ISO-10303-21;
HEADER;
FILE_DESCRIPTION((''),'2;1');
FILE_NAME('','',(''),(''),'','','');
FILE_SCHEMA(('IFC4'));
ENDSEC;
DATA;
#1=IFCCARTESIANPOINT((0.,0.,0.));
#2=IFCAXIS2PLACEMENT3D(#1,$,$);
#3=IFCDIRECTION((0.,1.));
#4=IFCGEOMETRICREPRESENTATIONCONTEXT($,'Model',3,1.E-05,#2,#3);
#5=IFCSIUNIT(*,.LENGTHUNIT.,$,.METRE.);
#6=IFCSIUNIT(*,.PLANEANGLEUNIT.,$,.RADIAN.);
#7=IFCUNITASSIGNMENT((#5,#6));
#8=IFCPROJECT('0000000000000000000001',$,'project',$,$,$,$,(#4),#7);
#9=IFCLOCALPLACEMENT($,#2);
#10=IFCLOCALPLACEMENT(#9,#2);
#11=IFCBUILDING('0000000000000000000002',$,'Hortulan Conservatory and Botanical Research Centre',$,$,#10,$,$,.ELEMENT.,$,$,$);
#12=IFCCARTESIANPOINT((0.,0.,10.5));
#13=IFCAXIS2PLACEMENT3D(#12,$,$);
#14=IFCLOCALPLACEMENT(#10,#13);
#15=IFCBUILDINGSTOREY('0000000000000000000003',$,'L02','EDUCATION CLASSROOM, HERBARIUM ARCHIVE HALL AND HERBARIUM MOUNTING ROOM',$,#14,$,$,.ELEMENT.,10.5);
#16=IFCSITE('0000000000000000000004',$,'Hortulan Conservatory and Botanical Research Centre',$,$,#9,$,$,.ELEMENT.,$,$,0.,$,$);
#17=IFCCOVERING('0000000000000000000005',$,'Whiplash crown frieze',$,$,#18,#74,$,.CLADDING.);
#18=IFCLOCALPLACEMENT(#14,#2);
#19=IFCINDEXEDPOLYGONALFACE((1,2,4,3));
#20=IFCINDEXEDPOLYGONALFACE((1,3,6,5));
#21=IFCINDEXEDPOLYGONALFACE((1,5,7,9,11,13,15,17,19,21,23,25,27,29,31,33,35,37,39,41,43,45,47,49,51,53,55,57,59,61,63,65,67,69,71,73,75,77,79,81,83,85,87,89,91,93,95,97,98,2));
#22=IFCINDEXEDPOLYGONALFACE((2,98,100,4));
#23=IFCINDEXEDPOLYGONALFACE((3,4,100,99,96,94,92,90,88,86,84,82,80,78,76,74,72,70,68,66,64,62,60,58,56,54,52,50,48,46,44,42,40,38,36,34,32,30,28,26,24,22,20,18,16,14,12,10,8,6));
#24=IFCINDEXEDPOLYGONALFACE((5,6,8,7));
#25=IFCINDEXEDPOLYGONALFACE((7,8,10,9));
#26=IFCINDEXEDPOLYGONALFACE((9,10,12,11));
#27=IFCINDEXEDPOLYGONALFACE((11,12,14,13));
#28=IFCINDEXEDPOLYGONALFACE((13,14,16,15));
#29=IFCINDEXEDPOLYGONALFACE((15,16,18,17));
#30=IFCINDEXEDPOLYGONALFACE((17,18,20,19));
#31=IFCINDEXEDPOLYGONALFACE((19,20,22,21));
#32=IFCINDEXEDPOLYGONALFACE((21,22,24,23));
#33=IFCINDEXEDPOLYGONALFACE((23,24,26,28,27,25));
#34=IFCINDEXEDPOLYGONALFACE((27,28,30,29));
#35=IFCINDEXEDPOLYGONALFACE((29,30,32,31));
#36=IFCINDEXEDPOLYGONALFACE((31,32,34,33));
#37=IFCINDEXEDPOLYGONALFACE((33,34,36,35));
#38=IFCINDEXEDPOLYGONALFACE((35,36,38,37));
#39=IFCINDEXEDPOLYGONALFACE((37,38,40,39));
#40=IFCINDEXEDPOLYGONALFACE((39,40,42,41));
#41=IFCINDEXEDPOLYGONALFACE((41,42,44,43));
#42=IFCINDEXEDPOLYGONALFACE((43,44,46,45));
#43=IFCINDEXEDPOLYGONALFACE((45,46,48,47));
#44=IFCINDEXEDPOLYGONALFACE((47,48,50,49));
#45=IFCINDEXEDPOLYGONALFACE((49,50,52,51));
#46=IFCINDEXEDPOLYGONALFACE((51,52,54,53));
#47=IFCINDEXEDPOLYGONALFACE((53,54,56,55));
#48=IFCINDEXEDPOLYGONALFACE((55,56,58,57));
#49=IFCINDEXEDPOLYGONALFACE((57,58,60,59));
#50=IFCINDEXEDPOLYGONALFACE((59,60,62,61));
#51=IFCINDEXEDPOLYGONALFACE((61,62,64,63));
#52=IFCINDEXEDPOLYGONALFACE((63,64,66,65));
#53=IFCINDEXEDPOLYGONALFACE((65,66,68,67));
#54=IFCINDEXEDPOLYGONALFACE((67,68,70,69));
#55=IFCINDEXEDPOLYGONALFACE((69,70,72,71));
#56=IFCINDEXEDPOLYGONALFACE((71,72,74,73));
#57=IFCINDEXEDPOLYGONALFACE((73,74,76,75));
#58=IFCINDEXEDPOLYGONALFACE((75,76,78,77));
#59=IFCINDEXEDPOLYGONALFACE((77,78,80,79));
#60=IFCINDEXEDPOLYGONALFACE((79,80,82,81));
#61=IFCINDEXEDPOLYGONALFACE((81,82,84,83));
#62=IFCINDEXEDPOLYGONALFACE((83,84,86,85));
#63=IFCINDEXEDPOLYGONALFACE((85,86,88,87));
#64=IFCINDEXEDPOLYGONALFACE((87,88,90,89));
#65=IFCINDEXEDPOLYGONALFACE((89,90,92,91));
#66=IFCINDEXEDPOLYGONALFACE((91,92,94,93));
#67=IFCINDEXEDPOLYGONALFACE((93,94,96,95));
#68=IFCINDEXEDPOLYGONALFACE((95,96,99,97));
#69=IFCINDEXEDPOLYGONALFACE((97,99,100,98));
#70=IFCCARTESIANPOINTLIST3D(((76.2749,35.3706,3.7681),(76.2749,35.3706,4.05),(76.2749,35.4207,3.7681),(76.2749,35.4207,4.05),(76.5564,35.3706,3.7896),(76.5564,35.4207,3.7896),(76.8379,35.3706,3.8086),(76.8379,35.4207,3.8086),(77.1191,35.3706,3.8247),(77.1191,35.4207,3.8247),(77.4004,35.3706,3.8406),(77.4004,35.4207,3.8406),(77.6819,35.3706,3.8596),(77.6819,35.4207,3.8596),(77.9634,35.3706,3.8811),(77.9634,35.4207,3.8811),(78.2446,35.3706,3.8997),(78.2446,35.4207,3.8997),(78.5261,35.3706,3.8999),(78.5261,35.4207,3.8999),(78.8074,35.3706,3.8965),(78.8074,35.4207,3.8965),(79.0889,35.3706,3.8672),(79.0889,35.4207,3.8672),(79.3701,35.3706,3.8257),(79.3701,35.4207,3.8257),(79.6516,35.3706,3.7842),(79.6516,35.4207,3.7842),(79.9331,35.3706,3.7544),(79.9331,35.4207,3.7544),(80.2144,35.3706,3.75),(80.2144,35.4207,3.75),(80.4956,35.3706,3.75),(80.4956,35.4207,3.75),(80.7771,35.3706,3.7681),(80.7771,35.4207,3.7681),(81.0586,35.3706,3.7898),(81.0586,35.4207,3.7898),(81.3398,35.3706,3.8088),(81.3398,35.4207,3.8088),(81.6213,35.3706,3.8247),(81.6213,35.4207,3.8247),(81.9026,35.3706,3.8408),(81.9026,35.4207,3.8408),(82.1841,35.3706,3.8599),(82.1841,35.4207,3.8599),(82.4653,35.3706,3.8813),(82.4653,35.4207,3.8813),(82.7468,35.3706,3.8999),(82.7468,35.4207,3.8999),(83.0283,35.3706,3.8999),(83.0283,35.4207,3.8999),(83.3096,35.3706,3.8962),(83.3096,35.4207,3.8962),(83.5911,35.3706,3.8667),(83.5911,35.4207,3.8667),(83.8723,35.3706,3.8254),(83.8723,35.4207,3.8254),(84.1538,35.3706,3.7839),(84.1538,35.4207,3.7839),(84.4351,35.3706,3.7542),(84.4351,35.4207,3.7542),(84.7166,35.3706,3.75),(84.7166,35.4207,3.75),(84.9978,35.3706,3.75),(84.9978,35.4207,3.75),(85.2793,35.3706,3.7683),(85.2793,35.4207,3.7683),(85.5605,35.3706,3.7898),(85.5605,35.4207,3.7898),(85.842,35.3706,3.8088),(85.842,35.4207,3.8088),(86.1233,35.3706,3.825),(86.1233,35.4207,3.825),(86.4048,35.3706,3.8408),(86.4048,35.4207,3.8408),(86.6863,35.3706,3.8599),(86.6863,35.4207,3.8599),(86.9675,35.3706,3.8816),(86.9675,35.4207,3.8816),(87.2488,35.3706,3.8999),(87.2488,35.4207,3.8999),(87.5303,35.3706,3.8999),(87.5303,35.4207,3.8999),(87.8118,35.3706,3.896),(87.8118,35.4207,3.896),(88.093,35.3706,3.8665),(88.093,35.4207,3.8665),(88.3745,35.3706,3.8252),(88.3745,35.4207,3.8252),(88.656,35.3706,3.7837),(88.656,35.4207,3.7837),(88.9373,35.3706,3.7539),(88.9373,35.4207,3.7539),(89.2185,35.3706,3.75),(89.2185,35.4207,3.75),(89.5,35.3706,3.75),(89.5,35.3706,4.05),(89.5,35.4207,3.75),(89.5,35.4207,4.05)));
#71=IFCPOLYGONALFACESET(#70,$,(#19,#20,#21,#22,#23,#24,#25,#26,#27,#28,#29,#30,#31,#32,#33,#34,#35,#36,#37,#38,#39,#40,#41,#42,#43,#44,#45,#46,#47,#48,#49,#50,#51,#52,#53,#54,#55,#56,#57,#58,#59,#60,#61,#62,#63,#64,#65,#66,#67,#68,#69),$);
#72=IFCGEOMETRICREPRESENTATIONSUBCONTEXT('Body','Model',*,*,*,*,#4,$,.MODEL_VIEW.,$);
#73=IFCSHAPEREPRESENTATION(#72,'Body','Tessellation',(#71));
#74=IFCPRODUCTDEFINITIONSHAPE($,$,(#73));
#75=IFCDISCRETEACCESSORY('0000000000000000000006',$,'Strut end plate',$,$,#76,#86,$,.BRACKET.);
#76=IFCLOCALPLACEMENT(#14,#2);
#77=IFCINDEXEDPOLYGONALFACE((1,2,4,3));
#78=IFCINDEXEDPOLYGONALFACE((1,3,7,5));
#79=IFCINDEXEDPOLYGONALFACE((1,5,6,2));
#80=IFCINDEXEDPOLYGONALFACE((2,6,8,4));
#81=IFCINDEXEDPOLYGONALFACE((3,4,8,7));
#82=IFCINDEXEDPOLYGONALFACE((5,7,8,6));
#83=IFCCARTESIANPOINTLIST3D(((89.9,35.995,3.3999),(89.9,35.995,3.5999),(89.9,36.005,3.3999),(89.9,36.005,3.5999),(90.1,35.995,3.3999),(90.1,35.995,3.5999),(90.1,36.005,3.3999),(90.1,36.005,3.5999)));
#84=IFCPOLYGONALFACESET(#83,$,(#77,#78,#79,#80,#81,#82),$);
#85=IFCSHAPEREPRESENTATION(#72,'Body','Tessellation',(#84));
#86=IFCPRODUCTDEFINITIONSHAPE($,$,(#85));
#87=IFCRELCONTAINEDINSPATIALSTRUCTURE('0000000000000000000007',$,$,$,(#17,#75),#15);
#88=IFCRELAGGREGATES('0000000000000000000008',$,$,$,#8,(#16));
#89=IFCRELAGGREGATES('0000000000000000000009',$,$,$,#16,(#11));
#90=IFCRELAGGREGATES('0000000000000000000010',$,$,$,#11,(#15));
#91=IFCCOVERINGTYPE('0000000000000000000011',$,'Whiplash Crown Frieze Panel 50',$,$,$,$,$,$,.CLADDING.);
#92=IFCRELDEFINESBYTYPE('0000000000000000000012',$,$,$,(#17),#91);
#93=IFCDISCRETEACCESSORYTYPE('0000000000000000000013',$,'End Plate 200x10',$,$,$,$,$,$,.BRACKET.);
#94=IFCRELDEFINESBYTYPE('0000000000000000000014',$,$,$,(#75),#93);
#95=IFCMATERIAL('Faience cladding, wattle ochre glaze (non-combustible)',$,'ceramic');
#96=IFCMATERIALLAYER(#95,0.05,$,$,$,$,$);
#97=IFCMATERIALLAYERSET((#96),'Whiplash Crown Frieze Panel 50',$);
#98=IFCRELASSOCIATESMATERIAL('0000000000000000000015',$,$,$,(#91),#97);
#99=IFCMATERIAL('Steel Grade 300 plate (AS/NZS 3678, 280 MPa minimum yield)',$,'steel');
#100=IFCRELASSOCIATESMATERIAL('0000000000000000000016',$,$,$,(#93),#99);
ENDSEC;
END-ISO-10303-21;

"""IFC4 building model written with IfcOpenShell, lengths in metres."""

from ifc_helpers import new_model, si_unit, direction, frame, origin, origin_2d, place, context, subcontext, project, spatial, polyline, rectangle, outline, extrude, material, layer, layer_set, type_object, element, save


model = new_model("IFC4")

# Units and contexts
model_context = context("Model", 3, precision=1e-05, world=origin(), true_north=direction((0.0, 1.0)))
body_context = subcontext(model_context, "Body", "Model", "MODEL_VIEW")
ifc_project = project(units=[si_unit("LENGTHUNIT", "METRE"), si_unit("PLANEANGLEUNIT", "RADIAN")], contexts=[model_context])

# Site, building, storey
site_placement = place(None, origin())
site = spatial("IfcSite", under=ifc_project, at=site_placement, Name="Hortulan Conservatory and Botanical Research Centre", CompositionType="ELEMENT", RefElevation=0.0)
building_placement = place(site_placement, origin())
building = spatial("IfcBuilding", under=site, at=building_placement, Name="Hortulan Conservatory and Botanical Research Centre", CompositionType="ELEMENT")
storey_placement = place(building_placement, frame((0.0, 0.0, 10.5)))
storey = spatial("IfcBuildingStorey", under=building, at=storey_placement, Name="L02", Description="EDUCATION CLASSROOM, HERBARIUM ARCHIVE HALL AND HERBARIUM MOUNTING ROOM", CompositionType="ELEMENT", Elevation=10.5)

# Covering
ifc_material_1 = material(Name="Faience cladding, wattle ochre glaze (non-combustible)", Category="ceramic")
ifc_layer_1 = layer(ifc_material_1, 0.05)
ifc_layer_set_1 = layer_set([ifc_layer_1], Name="Whiplash Crown Frieze Panel 50")
covering_type_1 = type_object("IfcCoveringType", Name="Whiplash Crown Frieze Panel 50", PredefinedType="CLADDING", material=ifc_layer_set_1)
covering_1_placement = place(storey_placement, frame((89.5, 35.3955, 3.75), z_axis=(0.0, 0.0, 1.0), x_axis=(-1.0, 0.0, 0.0)))
element("IfcCovering", 1, at=covering_1_placement, inside=storey, type_object=covering_type_1, Name="Whiplash crown frieze", PredefinedType="CLADDING", context=body_context, shape_type="SweptSolid", body=[
    extrude(outline(polyline([(0.0, 0.0), (0.2815, 0.0), (0.5627, 0.0039), (0.844, 0.0337), (1.1255, 0.0752), (1.407, 0.1165), (1.6882, 0.146), (1.9697, 0.1499), (2.2512, 0.1499), (2.5325, 0.1316), (2.8137, 0.1099), (3.0952, 0.0908), (3.3767, 0.075), (3.658, 0.0588), (3.9395, 0.0398), (4.2207, 0.0183), (4.5022, 0.0), (4.7834, 0.0), (5.0649, 0.0042), (5.3462, 0.0339), (5.6277, 0.0754), (5.9089, 0.1167), (6.1904, 0.1462), (6.4717, 0.1499), (6.7532, 0.1499), (7.0347, 0.1313), (7.3159, 0.1099), (7.5974, 0.0908), (7.8787, 0.0747), (8.1602, 0.0588), (8.4414, 0.0398), (8.7229, 0.0181), (9.0044, 0.0), (9.2856, 0.0), (9.5669, 0.0044), (9.8484, 0.0342), (10.1299, 0.0757), (10.4111, 0.1172), (10.6926, 0.1465), (10.9739, 0.1499), (11.2554, 0.1497), (11.5366, 0.1311), (11.8181, 0.1096), (12.0996, 0.0906), (12.3809, 0.0747), (12.6621, 0.0586), (12.9436, 0.0396), (13.2251, 0.0181), (13.2251, 0.3), (0.0, 0.3), (0.0, 0.0)])), frame((0.0, 0.0249, 0.0), z_axis=(0.0, -1.0, 0.0), x_axis=(1.0, 0.0, 0.0)), (0.0, 0.0, 1.0), 0.05),
])

# Discrete accessory
ifc_material_2 = material(Name="Steel Grade 300 plate (AS/NZS 3678, 280 MPa minimum yield)", Category="steel")
discrete_accessory_type = type_object("IfcDiscreteAccessoryType", Name="End Plate 200x10", PredefinedType="BRACKET", material=ifc_material_2)
discrete_accessory_placement = place(storey_placement, frame((90.0, 36.0, 3.3999), z_axis=(0.0, 0.0, 1.0), x_axis=(1.0, 0.0, 0.0)))
element("IfcDiscreteAccessory", 2, at=discrete_accessory_placement, inside=storey, type_object=discrete_accessory_type, Name="Strut end plate", PredefinedType="BRACKET", context=body_context, shape_type="SweptSolid", body=[
    extrude(rectangle(XDim=0.2, YDim=0.01, at=origin_2d()), origin(), (0.0, 0.0, 1.0), 0.2),
])

save(model, "model.ifc")
